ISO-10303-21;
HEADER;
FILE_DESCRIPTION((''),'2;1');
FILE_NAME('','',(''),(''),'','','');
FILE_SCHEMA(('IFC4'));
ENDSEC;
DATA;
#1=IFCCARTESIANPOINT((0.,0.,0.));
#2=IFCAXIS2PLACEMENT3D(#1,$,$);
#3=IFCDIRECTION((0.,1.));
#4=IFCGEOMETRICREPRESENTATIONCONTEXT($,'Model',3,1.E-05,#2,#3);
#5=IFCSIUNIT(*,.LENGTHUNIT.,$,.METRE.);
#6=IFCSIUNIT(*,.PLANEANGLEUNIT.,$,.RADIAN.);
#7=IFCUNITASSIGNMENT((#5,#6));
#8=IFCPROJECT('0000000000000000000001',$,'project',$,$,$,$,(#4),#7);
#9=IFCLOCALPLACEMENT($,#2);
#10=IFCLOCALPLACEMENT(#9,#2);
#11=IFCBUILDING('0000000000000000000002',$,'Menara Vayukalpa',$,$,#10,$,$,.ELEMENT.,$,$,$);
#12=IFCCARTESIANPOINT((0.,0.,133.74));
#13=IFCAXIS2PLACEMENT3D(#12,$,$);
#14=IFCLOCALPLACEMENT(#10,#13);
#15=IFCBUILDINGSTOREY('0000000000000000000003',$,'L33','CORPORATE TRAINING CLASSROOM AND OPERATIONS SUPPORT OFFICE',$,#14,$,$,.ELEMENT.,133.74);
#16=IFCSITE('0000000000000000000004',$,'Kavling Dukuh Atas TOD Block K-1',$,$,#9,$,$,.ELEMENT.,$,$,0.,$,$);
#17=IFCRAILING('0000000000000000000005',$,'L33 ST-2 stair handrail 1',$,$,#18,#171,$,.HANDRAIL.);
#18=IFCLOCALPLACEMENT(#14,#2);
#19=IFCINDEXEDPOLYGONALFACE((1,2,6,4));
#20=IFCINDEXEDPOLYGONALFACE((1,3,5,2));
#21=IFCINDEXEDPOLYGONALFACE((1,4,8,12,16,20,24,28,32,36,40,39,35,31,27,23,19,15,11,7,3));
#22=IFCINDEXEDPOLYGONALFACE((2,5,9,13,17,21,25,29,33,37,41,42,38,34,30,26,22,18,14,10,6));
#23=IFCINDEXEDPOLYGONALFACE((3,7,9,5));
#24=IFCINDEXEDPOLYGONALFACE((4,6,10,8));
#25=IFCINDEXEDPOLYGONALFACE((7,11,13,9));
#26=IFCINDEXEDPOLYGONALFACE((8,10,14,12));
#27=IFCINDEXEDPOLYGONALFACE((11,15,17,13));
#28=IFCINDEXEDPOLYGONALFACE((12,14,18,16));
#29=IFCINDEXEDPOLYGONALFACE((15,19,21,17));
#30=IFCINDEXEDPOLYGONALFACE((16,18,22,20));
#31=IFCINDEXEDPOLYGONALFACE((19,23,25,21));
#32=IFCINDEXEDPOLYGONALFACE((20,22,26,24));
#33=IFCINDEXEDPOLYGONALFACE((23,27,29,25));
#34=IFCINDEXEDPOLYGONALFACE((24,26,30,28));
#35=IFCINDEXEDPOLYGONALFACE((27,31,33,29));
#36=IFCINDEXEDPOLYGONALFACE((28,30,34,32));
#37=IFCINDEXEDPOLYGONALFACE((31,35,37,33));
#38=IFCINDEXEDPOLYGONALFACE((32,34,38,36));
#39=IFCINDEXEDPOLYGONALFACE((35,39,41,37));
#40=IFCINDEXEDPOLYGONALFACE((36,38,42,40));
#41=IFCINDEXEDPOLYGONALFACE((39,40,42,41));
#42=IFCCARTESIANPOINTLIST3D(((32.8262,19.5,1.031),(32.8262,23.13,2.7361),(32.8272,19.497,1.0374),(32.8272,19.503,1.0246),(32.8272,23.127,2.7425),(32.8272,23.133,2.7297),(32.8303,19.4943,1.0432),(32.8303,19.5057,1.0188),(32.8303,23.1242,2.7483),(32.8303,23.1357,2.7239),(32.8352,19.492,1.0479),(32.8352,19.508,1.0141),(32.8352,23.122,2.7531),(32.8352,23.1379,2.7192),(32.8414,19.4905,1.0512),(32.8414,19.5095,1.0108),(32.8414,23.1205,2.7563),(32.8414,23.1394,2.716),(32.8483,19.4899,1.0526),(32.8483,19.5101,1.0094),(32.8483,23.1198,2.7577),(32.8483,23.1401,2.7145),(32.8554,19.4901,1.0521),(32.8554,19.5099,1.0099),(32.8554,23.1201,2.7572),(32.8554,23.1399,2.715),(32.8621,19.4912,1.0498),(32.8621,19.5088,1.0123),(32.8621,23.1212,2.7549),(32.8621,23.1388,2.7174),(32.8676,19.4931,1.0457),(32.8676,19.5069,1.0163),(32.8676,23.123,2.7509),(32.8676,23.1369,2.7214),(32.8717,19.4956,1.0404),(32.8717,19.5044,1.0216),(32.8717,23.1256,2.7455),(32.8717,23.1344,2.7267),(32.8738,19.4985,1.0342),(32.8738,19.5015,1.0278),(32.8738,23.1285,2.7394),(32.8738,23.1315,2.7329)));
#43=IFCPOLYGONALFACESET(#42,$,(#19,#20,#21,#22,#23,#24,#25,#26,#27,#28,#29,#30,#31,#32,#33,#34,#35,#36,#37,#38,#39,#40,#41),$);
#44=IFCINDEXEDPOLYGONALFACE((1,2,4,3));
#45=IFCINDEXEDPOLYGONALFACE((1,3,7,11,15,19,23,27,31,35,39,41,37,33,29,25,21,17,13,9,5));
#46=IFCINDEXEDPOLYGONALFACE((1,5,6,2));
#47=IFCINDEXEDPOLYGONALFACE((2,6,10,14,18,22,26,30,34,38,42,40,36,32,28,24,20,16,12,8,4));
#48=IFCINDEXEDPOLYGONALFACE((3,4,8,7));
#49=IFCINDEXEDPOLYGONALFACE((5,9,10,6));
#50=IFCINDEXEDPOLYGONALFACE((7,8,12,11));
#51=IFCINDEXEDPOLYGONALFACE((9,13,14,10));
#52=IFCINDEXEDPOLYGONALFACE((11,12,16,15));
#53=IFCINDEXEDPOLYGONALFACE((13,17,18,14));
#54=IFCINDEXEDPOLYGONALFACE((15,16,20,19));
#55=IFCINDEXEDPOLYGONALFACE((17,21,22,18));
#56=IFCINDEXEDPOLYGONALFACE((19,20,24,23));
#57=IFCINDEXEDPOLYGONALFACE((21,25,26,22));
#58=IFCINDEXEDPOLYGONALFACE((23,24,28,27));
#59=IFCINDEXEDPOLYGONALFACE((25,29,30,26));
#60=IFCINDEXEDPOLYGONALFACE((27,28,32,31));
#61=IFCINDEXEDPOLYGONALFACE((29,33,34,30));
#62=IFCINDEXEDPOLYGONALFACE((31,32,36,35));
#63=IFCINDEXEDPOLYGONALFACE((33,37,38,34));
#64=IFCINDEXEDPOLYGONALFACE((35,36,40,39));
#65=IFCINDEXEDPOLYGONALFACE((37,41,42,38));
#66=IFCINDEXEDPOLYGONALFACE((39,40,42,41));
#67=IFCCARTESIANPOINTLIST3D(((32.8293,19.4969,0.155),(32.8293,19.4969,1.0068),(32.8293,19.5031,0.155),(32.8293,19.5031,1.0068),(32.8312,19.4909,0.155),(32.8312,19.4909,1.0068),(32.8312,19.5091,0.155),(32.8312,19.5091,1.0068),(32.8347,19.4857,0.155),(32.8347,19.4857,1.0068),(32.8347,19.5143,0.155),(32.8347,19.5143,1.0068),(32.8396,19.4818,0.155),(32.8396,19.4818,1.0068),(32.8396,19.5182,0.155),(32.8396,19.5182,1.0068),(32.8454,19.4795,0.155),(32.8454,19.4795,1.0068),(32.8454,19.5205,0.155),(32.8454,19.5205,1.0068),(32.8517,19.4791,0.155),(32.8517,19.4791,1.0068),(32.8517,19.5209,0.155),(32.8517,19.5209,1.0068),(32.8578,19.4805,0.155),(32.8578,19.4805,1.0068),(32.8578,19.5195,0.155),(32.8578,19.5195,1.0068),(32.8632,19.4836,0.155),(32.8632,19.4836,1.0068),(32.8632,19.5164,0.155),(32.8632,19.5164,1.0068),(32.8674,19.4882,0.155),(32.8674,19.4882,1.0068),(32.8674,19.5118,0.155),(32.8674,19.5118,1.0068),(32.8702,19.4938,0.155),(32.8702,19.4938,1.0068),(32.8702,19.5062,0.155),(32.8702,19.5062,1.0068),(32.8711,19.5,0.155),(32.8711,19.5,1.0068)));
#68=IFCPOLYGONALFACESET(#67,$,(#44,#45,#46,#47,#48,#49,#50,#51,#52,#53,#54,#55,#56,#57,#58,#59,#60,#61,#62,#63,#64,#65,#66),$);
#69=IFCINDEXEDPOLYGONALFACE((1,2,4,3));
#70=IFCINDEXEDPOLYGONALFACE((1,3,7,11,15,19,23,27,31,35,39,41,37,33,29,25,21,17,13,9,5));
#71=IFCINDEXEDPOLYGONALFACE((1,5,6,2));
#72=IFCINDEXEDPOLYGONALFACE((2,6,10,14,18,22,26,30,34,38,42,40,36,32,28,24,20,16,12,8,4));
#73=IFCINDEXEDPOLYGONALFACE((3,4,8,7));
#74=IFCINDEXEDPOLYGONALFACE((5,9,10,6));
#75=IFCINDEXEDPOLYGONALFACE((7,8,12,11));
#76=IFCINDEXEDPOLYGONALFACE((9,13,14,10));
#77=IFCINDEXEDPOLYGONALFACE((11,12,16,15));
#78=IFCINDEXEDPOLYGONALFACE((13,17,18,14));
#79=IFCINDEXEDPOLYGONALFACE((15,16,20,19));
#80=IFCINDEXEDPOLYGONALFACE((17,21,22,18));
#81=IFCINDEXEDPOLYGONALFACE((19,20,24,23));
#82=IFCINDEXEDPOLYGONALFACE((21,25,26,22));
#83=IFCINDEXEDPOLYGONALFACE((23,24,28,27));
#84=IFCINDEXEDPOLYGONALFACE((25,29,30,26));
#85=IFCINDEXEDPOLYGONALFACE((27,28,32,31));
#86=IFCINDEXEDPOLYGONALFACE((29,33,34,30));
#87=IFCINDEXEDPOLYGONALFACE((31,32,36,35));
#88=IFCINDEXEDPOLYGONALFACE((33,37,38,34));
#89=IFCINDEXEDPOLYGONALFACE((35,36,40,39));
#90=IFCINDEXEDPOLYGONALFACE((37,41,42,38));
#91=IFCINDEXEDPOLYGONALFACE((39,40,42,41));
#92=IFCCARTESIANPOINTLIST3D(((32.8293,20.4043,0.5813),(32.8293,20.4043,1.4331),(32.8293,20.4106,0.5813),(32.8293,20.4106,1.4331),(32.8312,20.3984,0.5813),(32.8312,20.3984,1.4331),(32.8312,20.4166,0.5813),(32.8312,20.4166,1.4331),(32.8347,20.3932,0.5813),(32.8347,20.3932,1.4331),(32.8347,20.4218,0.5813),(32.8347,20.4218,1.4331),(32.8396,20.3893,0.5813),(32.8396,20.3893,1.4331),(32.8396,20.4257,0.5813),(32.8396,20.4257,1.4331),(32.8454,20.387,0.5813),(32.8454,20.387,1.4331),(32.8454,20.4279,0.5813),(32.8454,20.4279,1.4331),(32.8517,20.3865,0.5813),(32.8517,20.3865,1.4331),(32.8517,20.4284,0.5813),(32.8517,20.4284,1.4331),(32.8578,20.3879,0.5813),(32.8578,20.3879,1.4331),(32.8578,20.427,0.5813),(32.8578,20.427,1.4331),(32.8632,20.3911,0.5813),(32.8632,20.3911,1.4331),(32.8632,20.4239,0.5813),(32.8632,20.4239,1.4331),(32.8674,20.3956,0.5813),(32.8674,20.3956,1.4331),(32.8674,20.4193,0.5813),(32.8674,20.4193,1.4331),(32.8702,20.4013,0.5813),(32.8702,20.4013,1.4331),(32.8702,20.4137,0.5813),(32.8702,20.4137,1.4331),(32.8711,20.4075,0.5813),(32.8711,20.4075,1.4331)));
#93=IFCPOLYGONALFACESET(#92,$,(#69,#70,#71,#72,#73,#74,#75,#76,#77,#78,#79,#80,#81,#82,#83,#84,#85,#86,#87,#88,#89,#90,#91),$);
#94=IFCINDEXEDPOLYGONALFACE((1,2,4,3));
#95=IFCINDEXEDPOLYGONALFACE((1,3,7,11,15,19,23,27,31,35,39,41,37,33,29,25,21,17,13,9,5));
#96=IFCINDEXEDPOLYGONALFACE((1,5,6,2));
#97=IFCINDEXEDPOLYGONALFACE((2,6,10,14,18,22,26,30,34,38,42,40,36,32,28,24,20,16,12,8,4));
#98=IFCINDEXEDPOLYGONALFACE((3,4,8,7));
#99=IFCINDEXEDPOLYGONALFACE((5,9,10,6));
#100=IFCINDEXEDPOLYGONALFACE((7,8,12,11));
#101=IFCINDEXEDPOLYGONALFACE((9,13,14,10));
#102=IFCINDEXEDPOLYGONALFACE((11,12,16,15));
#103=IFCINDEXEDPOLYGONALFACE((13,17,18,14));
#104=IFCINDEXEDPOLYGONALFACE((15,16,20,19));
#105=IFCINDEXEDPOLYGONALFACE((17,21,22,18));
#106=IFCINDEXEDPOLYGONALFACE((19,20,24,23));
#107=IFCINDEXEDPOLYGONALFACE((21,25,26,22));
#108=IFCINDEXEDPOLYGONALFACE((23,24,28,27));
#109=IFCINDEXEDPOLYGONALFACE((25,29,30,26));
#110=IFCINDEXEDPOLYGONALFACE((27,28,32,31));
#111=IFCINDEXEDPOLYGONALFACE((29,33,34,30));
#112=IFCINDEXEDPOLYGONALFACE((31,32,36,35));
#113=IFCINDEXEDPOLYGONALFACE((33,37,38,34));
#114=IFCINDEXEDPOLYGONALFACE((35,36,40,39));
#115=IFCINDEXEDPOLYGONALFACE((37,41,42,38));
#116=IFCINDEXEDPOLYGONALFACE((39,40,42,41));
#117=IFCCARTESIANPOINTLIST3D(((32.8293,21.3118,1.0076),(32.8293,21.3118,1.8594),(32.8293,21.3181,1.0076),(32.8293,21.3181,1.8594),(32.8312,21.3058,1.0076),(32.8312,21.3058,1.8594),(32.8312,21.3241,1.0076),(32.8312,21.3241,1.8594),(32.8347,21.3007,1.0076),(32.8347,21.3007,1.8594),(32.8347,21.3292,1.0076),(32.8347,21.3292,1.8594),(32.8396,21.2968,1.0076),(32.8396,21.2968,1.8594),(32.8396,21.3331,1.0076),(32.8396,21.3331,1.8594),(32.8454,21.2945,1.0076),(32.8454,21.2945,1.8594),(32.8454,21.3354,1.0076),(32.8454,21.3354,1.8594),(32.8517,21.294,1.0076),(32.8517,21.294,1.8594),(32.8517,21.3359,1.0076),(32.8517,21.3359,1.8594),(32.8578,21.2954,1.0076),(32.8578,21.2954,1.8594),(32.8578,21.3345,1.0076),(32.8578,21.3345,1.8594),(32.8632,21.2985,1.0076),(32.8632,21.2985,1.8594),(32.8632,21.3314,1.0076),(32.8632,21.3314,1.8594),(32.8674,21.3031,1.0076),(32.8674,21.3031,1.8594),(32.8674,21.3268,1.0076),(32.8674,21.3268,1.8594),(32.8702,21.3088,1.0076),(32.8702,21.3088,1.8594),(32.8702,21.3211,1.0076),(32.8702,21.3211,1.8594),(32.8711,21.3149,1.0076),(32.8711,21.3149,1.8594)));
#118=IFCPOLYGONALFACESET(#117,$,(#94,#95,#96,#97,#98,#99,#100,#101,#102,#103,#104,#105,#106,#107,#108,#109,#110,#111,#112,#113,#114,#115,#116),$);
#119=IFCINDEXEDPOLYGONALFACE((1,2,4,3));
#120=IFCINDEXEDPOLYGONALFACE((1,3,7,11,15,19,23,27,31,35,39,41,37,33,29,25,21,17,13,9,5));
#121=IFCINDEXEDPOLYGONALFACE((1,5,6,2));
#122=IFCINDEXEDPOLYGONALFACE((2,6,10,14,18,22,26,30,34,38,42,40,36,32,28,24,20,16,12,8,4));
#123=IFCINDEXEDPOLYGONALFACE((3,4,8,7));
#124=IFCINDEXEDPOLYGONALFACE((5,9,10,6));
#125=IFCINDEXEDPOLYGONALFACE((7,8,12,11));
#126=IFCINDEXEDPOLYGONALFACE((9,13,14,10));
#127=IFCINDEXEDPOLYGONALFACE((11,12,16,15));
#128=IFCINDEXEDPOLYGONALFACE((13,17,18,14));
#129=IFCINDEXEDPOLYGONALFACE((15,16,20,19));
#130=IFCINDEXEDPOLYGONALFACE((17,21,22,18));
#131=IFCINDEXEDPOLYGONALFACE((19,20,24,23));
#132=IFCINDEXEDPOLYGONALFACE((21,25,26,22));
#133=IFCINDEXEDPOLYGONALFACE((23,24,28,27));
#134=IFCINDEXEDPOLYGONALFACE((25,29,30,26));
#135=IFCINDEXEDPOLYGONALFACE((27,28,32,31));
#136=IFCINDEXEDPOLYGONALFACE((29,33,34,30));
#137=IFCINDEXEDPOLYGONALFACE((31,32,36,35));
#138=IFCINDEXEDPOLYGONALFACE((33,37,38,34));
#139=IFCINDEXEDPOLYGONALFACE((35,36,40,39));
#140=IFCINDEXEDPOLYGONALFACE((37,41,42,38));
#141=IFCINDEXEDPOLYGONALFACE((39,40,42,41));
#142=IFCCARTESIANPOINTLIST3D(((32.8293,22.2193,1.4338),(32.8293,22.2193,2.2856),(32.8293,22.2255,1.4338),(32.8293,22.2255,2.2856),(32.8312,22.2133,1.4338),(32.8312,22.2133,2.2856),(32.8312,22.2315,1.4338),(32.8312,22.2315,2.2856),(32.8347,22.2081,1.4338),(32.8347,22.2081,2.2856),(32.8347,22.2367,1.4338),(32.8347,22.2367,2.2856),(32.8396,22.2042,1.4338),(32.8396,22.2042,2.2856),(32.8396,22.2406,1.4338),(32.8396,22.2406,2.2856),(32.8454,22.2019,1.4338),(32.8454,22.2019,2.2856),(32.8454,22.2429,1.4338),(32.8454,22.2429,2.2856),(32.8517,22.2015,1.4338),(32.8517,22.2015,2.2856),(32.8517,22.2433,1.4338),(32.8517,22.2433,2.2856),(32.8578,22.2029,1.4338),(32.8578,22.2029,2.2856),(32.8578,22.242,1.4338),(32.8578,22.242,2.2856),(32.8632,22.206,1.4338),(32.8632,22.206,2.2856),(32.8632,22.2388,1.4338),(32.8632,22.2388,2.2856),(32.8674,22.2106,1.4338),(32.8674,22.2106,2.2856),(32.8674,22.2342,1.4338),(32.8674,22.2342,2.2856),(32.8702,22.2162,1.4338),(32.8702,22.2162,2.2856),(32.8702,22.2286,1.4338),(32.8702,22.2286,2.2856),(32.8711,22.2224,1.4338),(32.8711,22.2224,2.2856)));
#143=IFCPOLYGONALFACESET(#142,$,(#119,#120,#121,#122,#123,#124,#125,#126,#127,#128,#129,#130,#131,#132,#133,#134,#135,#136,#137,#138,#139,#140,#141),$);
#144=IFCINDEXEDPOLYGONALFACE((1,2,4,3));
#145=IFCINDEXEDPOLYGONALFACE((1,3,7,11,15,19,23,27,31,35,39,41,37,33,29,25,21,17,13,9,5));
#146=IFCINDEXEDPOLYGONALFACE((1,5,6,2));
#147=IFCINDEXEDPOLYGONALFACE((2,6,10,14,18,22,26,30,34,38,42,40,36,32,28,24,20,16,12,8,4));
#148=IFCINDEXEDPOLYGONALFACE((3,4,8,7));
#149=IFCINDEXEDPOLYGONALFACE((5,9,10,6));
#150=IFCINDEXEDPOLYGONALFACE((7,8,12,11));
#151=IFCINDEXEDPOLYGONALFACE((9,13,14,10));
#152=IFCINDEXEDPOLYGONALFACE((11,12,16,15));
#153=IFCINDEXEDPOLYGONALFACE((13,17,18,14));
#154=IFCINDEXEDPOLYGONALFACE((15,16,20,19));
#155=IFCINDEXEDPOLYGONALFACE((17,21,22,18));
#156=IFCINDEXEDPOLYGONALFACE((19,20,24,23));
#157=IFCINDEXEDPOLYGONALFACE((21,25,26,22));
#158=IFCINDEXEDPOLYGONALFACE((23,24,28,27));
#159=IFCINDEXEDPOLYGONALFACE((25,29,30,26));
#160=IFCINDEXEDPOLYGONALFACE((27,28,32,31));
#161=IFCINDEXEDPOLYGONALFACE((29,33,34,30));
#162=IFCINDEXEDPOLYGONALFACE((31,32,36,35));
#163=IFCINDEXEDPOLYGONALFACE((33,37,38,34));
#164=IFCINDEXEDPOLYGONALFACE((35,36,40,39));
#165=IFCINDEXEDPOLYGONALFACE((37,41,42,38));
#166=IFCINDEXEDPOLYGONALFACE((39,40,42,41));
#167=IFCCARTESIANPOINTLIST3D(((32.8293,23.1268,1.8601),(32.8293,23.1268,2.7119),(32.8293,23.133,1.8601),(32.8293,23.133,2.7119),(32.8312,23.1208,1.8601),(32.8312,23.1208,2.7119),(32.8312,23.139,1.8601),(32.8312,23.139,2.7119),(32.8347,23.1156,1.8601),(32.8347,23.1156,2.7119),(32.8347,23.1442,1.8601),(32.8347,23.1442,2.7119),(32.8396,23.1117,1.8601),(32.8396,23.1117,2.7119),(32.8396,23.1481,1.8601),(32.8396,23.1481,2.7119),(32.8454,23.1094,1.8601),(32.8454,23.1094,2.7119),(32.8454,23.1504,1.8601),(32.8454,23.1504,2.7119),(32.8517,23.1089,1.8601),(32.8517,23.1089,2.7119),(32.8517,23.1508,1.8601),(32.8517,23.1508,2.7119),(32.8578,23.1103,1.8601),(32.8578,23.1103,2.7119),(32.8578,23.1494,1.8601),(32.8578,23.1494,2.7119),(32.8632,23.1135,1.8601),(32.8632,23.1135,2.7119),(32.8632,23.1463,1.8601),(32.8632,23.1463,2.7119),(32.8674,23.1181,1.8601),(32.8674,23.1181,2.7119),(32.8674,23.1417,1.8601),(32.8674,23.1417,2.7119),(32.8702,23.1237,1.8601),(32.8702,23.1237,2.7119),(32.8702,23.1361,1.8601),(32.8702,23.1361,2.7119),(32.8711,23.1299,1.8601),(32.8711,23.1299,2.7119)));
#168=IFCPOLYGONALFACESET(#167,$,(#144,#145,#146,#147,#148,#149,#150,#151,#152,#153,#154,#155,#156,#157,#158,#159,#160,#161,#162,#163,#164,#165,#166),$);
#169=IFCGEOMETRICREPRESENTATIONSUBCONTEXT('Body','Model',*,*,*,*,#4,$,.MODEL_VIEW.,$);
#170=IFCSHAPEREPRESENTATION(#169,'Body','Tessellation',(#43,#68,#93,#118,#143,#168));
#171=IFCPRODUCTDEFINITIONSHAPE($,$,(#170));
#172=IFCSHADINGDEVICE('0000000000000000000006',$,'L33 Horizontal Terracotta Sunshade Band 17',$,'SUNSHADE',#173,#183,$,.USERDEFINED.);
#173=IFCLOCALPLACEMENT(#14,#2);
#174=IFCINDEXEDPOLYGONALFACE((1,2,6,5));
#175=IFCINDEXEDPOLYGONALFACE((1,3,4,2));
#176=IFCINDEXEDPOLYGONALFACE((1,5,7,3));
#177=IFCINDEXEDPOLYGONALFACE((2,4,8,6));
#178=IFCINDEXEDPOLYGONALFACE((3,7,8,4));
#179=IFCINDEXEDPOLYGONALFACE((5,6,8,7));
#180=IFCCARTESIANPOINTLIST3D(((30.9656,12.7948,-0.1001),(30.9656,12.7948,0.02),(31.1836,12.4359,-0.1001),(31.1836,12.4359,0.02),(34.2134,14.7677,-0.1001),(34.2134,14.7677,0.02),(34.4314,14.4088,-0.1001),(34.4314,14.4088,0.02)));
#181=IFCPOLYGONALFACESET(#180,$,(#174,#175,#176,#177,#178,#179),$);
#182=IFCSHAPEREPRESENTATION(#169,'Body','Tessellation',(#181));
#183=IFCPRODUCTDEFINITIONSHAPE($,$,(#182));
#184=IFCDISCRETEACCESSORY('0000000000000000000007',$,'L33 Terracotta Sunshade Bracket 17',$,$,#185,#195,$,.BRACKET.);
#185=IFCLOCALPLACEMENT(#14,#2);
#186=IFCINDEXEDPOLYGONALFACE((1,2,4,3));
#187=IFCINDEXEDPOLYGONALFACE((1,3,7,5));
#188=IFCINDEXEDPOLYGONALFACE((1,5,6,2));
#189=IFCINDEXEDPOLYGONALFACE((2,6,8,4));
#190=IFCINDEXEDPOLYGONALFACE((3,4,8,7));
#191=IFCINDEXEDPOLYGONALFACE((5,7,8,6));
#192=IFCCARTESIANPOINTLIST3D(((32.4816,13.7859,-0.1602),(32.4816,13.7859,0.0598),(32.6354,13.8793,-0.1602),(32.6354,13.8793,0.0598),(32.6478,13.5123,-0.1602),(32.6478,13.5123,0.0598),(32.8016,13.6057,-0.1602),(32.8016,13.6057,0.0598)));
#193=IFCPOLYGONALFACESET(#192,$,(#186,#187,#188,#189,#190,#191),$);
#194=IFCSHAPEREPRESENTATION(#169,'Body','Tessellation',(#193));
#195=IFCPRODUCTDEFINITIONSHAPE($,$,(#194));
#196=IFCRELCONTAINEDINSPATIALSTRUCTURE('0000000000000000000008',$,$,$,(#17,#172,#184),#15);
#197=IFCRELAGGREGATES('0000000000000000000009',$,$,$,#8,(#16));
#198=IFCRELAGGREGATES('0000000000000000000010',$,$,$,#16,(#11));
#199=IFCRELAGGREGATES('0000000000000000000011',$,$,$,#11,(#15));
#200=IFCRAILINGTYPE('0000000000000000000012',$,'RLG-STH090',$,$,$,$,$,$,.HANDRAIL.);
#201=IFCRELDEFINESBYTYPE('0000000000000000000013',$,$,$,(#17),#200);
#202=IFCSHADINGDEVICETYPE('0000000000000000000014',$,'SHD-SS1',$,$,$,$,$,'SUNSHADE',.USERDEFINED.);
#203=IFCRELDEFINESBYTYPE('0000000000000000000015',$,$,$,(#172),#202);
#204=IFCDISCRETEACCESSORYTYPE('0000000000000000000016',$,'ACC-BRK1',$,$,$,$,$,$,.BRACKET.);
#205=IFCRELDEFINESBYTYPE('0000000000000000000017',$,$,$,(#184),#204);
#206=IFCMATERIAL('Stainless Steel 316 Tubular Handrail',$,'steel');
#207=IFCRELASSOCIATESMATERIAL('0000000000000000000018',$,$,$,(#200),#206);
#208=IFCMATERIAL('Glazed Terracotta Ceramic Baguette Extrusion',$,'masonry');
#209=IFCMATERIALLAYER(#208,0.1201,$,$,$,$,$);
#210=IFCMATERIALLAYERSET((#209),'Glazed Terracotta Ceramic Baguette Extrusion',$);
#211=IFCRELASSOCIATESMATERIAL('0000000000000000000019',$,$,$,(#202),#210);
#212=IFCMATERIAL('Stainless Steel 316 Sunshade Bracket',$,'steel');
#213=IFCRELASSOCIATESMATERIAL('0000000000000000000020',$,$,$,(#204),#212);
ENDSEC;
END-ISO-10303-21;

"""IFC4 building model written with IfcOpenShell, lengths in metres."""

from ifc_helpers import new_model, si_unit, direction, frame, origin, origin_2d, place, context, subcontext, project, spatial, rectangle, circle, extrude, material, layer, layer_set, type_object, element, save


model = new_model("IFC4")

# Units and contexts
model_context = context("Model", 3, precision=1e-05, world=origin(), true_north=direction((0.0, 1.0)))
body_context = subcontext(model_context, "Body", "Model", "MODEL_VIEW")
ifc_project = project(units=[si_unit("LENGTHUNIT", "METRE"), si_unit("PLANEANGLEUNIT", "RADIAN")], contexts=[model_context])

# Site, building, storey
site_placement = place(None, origin())
site = spatial("IfcSite", under=ifc_project, at=site_placement, Name="Kavling Dukuh Atas TOD Block K-1", CompositionType="ELEMENT", RefElevation=0.0)
building_placement = place(site_placement, origin())
building = spatial("IfcBuilding", under=site, at=building_placement, Name="Menara Vayukalpa", CompositionType="ELEMENT")
storey_placement = place(building_placement, frame((0.0, 0.0, 133.74)))
storey = spatial("IfcBuildingStorey", under=building, at=storey_placement, Name="L33", Description="CORPORATE TRAINING CLASSROOM AND OPERATIONS SUPPORT OFFICE", CompositionType="ELEMENT", Elevation=133.74)

# Railing
ifc_material_1 = material(Name="Stainless Steel 316 Tubular Handrail", Category="steel")
railing_type_1 = type_object("IfcRailingType", Name="RLG-STH090", PredefinedType="HANDRAIL", material=ifc_material_1)
railing_1_placement = place(storey_placement, frame((32.8501, 19.5, 0.155)))
element("IfcRailing", 1, at=railing_1_placement, inside=storey, type_object=railing_type_1, Name="L33 ST-2 stair handrail 1", PredefinedType="HANDRAIL", context=body_context, shape_type="SweptSolid", body=[
    extrude(circle(Radius=0.0239, at=origin_2d()), frame((0.0, 0.0, 0.876), z_axis=(0.0, 0.905116, 0.425164), x_axis=(-1.0, 0.0, 0.0)), (0.0, 0.0, 1.0), 4.0105),
    extrude(circle(Radius=0.021, at=origin_2d()), origin(), (0.0, 0.0, 1.0), 0.8518),
    extrude(circle(Radius=0.021, at=origin_2d()), frame((0.0, 0.9075, 0.4263)), (0.0, 0.0, 1.0), 0.8518),
    extrude(circle(Radius=0.021, at=origin_2d()), frame((0.0, 1.8149, 0.8525)), (0.0, 0.0, 1.0), 0.8518),
    extrude(circle(Radius=0.021, at=origin_2d()), frame((0.0, 2.7224, 1.2788)), (0.0, 0.0, 1.0), 0.8518),
    extrude(circle(Radius=0.021, at=origin_2d()), frame((0.0, 3.6299, 1.7051)), (0.0, 0.0, 1.0), 0.8518),
])

# Shading device
ifc_material_2 = material(Name="Glazed Terracotta Ceramic Baguette Extrusion", Category="masonry")
ifc_layer_1 = layer(ifc_material_2, 0.1201)
ifc_layer_set_1 = layer_set([ifc_layer_1], Name="Glazed Terracotta Ceramic Baguette Extrusion")
shading_device_type = type_object("IfcShadingDeviceType", Name="SHD-SS1", ElementType="SUNSHADE", PredefinedType="USERDEFINED", material=ifc_layer_set_1)
shading_device_placement = place(storey_placement, frame((32.6985, 13.6018, -0.1001), z_axis=(0.0, 0.0, 1.0), x_axis=(0.854667, 0.519176, 0.0)))
element("IfcShadingDevice", 2, at=shading_device_placement, inside=storey, type_object=shading_device_type, Name="L33 Horizontal Terracotta Sunshade Band 17", ObjectType="SUNSHADE", PredefinedType="USERDEFINED", context=body_context, shape_type="SweptSolid", body=[
    extrude(rectangle(XDim=3.8, YDim=0.4199, at=origin_2d()), origin(), (0.0, 0.0, 1.0), 0.1201),
])

# Discrete accessory
ifc_material_3 = material(Name="Stainless Steel 316 Sunshade Bracket", Category="steel")
discrete_accessory_type = type_object("IfcDiscreteAccessoryType", Name="ACC-BRK1", PredefinedType="BRACKET", material=ifc_material_3)
discrete_accessory_placement = place(storey_placement, frame((32.6416, 13.6958, -0.1602), z_axis=(0.0, 0.0, 1.0), x_axis=(0.854667, 0.519176, 0.0)))
element("IfcDiscreteAccessory", 3, at=discrete_accessory_placement, inside=storey, type_object=discrete_accessory_type, Name="L33 Terracotta Sunshade Bracket 17", PredefinedType="BRACKET", context=body_context, shape_type="SweptSolid", body=[
    extrude(rectangle(XDim=0.1799, YDim=0.3201, at=origin_2d()), origin(), (0.0, 0.0, 1.0), 0.22),
])

save(model, "model.ifc")
